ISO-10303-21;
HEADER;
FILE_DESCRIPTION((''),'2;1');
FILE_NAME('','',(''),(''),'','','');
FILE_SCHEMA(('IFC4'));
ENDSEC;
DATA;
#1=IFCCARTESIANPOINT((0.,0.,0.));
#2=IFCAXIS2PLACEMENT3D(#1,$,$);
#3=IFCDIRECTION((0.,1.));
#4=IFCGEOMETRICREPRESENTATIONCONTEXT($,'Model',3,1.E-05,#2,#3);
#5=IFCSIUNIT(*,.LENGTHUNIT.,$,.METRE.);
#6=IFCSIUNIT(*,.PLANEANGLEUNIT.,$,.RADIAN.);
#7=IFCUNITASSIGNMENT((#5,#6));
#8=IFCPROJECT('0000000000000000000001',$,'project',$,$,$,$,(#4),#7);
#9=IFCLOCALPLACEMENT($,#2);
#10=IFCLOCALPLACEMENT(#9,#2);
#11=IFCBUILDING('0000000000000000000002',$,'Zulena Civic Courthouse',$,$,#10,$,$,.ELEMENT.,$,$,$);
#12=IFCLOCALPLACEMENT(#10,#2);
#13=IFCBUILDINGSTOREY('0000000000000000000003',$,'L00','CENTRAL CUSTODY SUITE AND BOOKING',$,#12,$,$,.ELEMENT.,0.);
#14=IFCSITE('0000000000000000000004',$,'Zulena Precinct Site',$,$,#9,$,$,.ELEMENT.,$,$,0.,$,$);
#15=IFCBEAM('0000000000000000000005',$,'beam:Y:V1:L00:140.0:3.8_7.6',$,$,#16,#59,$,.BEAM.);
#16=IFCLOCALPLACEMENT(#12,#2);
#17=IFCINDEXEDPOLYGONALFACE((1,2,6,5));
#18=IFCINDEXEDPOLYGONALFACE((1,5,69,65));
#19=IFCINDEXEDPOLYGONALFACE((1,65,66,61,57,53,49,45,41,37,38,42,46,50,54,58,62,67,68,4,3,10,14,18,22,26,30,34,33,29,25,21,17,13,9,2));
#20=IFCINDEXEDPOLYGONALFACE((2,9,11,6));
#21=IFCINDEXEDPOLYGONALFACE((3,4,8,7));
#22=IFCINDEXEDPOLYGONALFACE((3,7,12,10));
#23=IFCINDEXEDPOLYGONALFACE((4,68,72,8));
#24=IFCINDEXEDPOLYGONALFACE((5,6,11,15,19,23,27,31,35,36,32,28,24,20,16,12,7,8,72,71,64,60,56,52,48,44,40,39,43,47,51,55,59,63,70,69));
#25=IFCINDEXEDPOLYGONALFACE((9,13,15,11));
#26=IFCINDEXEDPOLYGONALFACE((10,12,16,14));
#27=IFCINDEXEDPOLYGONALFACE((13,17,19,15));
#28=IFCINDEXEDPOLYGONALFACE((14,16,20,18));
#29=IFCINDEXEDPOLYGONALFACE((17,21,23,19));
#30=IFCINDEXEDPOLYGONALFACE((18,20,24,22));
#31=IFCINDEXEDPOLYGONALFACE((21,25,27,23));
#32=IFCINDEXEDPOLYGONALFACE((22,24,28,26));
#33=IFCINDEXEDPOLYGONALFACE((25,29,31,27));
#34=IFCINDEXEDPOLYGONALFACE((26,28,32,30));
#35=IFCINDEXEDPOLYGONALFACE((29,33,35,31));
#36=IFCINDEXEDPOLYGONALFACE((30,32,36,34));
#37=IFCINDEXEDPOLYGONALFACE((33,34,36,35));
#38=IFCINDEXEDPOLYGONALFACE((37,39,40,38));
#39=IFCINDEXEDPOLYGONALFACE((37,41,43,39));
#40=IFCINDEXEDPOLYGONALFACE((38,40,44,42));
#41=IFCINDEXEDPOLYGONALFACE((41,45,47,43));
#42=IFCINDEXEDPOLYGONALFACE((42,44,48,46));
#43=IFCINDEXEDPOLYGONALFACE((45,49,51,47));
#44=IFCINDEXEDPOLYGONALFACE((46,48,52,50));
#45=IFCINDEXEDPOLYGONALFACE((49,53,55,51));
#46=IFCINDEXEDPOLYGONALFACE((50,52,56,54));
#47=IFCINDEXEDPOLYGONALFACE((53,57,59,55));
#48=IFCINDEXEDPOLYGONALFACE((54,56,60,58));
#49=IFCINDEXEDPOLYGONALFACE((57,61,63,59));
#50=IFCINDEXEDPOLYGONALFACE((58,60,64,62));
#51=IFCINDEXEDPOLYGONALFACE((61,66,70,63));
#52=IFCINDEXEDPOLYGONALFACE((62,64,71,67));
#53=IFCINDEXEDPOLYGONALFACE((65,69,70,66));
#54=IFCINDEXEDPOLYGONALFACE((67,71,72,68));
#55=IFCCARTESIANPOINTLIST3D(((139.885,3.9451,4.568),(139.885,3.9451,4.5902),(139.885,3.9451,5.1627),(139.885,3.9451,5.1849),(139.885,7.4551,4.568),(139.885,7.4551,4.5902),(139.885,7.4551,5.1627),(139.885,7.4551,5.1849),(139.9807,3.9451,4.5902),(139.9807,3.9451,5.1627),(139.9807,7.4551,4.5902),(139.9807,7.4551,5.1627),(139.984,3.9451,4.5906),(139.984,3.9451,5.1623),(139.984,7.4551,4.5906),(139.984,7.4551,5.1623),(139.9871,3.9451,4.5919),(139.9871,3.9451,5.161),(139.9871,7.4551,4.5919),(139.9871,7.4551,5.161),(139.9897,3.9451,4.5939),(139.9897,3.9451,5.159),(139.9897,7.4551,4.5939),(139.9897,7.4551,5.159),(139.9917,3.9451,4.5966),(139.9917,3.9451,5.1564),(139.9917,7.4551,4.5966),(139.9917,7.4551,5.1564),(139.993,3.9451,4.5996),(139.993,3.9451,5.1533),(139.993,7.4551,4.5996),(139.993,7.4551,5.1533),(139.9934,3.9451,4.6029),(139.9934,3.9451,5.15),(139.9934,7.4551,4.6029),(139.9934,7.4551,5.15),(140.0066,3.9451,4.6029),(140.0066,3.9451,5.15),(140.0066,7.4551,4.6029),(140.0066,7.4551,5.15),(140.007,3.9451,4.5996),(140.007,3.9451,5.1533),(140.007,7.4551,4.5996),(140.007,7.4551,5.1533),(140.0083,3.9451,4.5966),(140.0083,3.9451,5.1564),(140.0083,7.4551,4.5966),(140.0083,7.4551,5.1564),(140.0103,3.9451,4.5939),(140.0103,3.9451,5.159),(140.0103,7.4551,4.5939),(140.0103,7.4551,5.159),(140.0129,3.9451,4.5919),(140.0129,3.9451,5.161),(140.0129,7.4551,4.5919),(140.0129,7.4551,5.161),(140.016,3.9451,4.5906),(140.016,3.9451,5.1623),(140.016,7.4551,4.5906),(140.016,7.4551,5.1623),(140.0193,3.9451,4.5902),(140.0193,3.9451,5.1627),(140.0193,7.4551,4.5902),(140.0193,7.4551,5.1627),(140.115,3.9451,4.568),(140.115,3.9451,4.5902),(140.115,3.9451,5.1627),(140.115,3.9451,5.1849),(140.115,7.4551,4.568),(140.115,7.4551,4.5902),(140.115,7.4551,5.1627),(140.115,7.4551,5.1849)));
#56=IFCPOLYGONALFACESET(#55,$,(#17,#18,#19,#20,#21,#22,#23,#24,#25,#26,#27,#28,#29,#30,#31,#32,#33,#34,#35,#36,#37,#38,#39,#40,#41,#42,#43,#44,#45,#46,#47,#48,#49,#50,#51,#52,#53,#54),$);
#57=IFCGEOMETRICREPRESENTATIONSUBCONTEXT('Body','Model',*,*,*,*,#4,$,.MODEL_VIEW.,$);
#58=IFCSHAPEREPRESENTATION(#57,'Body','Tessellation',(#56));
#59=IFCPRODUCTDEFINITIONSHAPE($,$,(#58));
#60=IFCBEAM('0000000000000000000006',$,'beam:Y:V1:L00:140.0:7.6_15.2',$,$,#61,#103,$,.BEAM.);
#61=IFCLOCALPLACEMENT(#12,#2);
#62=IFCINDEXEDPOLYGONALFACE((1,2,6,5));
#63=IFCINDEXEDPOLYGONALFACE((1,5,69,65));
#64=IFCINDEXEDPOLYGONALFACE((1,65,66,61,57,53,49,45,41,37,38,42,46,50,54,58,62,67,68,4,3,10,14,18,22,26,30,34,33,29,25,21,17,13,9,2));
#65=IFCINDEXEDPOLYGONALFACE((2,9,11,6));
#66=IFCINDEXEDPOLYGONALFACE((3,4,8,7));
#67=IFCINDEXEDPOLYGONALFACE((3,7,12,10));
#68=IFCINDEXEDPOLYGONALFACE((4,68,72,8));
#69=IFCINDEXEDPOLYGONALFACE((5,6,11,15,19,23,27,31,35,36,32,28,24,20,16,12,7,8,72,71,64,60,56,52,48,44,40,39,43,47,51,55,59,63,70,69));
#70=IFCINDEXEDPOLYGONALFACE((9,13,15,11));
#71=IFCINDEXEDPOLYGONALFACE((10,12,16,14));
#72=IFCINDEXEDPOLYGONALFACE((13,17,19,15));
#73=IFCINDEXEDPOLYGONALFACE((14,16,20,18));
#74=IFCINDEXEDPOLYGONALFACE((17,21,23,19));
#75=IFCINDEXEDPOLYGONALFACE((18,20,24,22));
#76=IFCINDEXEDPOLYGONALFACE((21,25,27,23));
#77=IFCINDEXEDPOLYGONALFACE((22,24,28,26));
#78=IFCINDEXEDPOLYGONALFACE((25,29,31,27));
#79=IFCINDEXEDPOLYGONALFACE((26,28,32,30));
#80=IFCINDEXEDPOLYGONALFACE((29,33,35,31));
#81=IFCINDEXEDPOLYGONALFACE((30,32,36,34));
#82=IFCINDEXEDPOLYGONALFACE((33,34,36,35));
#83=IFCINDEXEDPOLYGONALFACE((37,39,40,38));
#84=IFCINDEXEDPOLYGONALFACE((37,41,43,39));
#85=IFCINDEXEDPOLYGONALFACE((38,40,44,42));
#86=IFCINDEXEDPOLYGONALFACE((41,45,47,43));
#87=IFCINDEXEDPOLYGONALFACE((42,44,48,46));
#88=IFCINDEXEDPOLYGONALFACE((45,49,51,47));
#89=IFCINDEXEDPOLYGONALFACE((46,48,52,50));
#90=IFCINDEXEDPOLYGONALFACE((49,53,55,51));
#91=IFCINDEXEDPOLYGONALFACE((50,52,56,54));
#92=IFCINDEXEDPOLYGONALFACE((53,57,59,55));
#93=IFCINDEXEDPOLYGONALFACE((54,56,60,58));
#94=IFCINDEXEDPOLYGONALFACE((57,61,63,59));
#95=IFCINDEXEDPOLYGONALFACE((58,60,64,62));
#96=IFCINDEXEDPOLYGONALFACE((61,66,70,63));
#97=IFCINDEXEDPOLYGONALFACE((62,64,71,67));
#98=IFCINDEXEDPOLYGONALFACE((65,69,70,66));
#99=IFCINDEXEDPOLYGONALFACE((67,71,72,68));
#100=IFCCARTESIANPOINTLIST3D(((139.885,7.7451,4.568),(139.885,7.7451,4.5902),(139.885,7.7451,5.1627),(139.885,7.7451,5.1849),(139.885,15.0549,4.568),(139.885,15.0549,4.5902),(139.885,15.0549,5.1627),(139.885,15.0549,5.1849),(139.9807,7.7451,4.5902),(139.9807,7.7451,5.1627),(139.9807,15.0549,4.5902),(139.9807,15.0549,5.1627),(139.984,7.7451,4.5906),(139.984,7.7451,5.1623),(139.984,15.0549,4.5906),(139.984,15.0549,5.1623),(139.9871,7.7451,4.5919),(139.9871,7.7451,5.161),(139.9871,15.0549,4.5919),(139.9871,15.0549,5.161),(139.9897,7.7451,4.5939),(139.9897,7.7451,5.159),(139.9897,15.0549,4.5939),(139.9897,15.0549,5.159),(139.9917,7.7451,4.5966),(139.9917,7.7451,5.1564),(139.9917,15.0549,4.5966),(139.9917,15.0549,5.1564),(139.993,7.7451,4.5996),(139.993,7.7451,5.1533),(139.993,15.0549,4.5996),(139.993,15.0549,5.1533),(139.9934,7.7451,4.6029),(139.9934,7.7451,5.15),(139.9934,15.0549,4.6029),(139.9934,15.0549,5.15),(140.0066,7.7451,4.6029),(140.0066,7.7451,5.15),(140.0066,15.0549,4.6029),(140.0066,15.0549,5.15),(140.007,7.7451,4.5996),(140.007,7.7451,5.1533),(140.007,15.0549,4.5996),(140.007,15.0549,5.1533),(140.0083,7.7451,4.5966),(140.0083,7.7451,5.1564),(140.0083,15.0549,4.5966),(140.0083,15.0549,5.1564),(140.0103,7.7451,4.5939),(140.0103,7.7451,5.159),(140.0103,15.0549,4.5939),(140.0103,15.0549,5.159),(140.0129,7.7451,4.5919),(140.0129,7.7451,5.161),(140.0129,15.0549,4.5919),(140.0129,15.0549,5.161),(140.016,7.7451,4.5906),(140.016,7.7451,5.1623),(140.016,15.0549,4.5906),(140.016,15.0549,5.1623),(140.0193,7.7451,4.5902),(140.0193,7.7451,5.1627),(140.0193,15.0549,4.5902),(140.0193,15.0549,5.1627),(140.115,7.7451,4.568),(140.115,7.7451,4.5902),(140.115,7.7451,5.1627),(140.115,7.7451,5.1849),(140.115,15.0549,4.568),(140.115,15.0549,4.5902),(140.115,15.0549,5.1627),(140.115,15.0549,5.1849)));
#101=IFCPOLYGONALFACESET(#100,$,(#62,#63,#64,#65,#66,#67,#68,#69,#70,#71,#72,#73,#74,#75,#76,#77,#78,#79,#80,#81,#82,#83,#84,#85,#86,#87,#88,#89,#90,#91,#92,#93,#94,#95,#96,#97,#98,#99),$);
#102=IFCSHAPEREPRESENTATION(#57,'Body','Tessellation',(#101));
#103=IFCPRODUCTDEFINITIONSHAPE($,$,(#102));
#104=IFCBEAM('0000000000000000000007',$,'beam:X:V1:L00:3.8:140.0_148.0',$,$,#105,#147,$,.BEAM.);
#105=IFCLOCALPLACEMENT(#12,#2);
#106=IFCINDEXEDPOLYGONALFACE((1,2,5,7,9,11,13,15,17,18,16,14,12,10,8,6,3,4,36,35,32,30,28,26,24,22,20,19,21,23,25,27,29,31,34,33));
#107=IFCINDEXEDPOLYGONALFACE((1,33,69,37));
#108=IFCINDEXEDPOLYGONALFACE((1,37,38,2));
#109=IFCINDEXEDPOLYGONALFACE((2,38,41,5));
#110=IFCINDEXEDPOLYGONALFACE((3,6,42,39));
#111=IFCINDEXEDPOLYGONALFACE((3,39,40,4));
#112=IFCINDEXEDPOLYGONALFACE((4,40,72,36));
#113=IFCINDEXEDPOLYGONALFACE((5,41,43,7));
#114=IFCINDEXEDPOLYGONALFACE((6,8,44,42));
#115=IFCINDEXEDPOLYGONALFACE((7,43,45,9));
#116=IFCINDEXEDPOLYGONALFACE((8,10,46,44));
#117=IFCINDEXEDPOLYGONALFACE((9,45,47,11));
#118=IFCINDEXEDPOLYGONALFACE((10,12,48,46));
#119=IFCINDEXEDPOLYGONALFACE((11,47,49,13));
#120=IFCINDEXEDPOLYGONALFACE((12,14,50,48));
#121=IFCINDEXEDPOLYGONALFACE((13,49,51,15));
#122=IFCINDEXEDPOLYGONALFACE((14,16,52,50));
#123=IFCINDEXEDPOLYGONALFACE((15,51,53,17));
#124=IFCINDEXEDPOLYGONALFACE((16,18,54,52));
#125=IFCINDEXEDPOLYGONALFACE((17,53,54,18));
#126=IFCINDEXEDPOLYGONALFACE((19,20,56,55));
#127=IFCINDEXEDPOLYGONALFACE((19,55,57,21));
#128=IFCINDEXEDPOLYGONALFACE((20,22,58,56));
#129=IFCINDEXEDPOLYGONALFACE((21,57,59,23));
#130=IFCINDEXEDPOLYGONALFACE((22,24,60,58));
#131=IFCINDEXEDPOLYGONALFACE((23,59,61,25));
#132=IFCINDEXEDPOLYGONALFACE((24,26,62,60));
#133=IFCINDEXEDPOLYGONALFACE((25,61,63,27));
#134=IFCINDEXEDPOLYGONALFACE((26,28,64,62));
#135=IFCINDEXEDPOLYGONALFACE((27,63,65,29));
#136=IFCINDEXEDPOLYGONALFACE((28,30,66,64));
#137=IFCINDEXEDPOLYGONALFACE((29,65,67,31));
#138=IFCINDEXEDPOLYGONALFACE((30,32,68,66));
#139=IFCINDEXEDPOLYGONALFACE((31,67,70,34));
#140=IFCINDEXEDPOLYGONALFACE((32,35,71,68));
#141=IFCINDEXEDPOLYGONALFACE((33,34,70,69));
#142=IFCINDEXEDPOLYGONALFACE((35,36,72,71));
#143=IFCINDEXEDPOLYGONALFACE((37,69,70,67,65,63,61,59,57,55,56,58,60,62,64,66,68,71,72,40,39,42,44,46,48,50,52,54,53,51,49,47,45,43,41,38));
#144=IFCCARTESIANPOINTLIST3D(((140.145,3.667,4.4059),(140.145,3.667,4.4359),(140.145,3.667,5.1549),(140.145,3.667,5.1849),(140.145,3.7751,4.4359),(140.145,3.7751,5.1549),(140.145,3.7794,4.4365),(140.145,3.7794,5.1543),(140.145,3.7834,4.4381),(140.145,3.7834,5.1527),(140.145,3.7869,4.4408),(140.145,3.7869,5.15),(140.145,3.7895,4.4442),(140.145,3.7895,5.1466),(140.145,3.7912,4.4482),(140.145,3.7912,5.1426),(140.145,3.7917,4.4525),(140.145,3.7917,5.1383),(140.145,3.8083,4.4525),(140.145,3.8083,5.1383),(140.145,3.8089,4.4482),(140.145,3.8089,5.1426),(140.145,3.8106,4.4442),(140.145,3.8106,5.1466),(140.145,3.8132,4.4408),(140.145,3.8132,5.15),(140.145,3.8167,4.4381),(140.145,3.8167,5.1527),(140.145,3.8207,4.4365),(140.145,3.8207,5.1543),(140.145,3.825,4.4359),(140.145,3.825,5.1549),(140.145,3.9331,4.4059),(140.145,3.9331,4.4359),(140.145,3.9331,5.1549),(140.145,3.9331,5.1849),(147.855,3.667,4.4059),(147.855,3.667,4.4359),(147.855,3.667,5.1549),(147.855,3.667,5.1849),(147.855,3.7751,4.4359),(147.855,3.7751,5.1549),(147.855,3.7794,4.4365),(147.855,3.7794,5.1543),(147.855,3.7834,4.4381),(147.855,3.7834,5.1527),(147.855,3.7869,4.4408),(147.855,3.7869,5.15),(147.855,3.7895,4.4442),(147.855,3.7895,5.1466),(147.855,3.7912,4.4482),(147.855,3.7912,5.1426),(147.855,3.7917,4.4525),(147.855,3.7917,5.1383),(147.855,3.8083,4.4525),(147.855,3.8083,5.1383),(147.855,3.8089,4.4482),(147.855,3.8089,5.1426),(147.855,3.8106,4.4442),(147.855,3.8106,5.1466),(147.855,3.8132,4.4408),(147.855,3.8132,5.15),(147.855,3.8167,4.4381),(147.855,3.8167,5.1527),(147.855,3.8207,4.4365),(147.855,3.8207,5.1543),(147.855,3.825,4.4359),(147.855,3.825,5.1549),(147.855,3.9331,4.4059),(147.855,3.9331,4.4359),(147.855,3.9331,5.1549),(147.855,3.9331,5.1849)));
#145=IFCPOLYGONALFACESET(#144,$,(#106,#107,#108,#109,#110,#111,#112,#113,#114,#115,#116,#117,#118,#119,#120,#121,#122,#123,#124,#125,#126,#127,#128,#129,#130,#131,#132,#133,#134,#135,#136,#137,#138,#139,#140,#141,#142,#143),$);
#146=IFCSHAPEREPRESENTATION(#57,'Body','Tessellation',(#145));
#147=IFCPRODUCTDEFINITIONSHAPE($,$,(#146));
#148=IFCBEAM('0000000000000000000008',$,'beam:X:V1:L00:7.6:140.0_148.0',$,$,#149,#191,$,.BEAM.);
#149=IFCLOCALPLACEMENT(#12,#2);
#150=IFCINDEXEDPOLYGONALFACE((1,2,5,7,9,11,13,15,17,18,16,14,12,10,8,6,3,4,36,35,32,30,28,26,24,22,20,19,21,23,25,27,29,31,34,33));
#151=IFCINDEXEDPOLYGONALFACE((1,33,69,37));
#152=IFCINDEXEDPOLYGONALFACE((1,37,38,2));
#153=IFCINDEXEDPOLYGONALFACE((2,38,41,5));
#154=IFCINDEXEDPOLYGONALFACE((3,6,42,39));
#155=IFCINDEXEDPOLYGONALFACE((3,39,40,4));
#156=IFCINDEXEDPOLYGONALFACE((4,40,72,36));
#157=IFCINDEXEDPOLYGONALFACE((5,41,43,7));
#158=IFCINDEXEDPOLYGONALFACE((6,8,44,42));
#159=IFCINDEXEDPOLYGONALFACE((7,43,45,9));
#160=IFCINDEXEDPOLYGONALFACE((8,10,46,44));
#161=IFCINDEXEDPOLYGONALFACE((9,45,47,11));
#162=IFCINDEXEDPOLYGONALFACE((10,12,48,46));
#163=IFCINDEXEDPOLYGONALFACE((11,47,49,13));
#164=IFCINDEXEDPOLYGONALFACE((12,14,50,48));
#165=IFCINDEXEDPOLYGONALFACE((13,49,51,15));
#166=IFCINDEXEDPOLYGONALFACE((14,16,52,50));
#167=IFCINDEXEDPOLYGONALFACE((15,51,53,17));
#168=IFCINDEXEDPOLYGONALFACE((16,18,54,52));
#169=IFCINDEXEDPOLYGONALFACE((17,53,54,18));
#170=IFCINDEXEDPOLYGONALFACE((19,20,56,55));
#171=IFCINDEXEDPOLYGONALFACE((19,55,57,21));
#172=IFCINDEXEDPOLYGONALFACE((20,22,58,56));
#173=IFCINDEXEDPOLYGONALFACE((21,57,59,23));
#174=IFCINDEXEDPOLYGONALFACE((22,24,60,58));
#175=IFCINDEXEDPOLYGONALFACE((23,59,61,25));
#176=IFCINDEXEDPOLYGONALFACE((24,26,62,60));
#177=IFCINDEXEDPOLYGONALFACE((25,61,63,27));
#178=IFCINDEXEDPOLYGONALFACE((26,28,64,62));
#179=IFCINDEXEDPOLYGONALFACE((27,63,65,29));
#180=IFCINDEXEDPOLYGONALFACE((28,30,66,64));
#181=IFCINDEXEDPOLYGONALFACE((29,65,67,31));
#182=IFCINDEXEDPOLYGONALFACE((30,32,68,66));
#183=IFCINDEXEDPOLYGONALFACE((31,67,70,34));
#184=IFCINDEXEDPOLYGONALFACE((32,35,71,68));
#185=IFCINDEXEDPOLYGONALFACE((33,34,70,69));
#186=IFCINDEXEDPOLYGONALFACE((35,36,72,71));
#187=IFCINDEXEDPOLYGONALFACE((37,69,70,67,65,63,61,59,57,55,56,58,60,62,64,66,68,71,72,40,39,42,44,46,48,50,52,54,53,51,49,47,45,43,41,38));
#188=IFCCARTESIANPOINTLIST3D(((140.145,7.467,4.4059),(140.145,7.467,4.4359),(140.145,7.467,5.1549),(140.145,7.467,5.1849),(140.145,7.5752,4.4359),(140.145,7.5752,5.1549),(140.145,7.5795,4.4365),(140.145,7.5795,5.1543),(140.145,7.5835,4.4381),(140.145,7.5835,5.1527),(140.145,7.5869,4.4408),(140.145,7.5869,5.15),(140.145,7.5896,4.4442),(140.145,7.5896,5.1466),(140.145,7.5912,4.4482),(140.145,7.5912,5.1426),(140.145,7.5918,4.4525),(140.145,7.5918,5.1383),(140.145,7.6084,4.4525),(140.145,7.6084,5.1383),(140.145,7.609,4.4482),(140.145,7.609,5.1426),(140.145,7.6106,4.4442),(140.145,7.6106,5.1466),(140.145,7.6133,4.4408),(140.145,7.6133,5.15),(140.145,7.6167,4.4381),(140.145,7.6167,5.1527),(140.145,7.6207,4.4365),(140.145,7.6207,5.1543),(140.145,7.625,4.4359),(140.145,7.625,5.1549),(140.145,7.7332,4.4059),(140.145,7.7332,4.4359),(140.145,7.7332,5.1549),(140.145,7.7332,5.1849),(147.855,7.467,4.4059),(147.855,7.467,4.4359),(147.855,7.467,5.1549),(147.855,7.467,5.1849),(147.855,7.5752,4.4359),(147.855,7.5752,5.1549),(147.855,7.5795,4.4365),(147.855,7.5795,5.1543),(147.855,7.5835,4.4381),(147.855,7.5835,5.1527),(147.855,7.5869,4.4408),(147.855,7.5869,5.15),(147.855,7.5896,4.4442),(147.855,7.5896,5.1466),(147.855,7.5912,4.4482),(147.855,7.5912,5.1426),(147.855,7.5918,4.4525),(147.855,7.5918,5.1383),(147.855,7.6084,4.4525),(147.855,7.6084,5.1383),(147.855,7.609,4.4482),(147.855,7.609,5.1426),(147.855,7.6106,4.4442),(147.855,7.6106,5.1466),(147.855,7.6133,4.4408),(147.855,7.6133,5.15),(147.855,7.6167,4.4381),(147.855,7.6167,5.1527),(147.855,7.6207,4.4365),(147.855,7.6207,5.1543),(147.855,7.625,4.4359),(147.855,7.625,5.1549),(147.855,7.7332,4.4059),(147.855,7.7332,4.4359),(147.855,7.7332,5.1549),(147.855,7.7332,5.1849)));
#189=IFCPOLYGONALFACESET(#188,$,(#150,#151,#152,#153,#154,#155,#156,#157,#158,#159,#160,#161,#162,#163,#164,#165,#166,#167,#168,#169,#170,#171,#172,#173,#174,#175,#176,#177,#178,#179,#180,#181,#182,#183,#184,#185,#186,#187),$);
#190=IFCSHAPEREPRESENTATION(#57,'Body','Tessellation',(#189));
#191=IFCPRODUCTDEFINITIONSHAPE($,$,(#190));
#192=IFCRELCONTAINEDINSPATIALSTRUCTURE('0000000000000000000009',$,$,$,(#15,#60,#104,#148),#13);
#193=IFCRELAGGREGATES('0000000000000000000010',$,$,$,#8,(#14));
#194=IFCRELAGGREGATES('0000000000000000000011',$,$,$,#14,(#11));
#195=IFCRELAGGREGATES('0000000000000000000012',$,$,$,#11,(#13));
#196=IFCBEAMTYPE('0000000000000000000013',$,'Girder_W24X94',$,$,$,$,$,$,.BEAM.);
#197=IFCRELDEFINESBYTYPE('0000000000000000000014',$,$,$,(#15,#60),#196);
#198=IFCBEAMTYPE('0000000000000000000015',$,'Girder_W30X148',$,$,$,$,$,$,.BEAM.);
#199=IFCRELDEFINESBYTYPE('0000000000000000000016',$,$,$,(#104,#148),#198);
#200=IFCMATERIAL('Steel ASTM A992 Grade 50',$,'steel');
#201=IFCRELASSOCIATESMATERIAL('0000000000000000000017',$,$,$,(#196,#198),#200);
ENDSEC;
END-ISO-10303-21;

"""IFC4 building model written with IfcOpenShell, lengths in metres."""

from ifc_helpers import new_model, si_unit, direction, frame, origin, origin_2d, place, context, subcontext, project, spatial, i_section, extrude, material, material_profile, profile_set, type_object, element, save


model = new_model("IFC4")

# Units and contexts
model_context = context("Model", 3, precision=1e-05, world=origin(), true_north=direction((0.0, 1.0)))
body_context = subcontext(model_context, "Body", "Model", "MODEL_VIEW")
ifc_project = project(units=[si_unit("LENGTHUNIT", "METRE"), si_unit("PLANEANGLEUNIT", "RADIAN")], contexts=[model_context])

# Site, building, storey
site_placement = place(None, origin())
site = spatial("IfcSite", under=ifc_project, at=site_placement, Name="Zulena Precinct Site", CompositionType="ELEMENT", RefElevation=0.0)
building_placement = place(site_placement, origin())
building = spatial("IfcBuilding", under=site, at=building_placement, Name="Zulena Civic Courthouse", CompositionType="ELEMENT")
storey_placement = place(building_placement, origin())
storey = spatial("IfcBuildingStorey", under=building, at=storey_placement, Name="L00", Description="CENTRAL CUSTODY SUITE AND BOOKING", CompositionType="ELEMENT", Elevation=0.0)

# Shared definitions
ifc_material_1 = material(Name="Steel ASTM A992 Grade 50", Category="steel")

# Beams
ifc_material_profile_1 = material_profile(ifc_material_1, i_section(OverallWidth=0.23, OverallDepth=0.6169, WebThickness=0.0132, FlangeThickness=0.0222, FilletRadius=0.0127, at=origin_2d()), Name="W24X94")
ifc_profile_set_1 = profile_set([ifc_material_profile_1], Name="Steel ASTM A992 Grade 50")
beam_type_1 = type_object("IfcBeamType", Name="Girder_W24X94", PredefinedType="BEAM", material=ifc_profile_set_1)
beam_1_placement = place(storey_placement, frame((140.0, 3.9451, 4.8765), z_axis=(0.0, 1.0, 0.0), x_axis=(-1.0, 0.0, 0.0)))
element("IfcBeam", 1, at=beam_1_placement, inside=storey, type_object=beam_type_1, Name="beam:Y:V1:L00:140.0:3.8_7.6", PredefinedType="BEAM", context=body_context, shape_type="SweptSolid", body=[
    extrude(i_section(OverallWidth=0.23, OverallDepth=0.6169, WebThickness=0.0132, FlangeThickness=0.0222, FilletRadius=0.0127, at=origin_2d()), origin(), (0.0, 0.0, 1.0), 3.51),
])
beam_2_placement = place(storey_placement, frame((140.0, 7.7451, 4.8765), z_axis=(0.0, 1.0, 0.0), x_axis=(-1.0, 0.0, 0.0)))
element("IfcBeam", 2, at=beam_2_placement, inside=storey, type_object=beam_type_1, Name="beam:Y:V1:L00:140.0:7.6_15.2", PredefinedType="BEAM", context=body_context, shape_type="SweptSolid", body=[
    extrude(i_section(OverallWidth=0.23, OverallDepth=0.6169, WebThickness=0.0132, FlangeThickness=0.0222, FilletRadius=0.0127, at=origin_2d()), origin(), (0.0, 0.0, 1.0), 7.3098),
])
ifc_material_profile_2 = material_profile(ifc_material_1, i_section(OverallWidth=0.2661, OverallDepth=0.7791, WebThickness=0.0166, FlangeThickness=0.03, FilletRadius=0.0166, at=origin_2d()), Name="W30X148")
ifc_profile_set_2 = profile_set([ifc_material_profile_2], Name="Steel ASTM A992 Grade 50")
beam_type_2 = type_object("IfcBeamType", Name="Girder_W30X148", PredefinedType="BEAM", material=ifc_profile_set_2)
for number, where, z_axis, x_axis, name in (
    (3, (140.145, 3.8, 4.7954), (1.0, 0.0, 0.0), (0.0, 1.0, 0.0), "beam:X:V1:L00:3.8:140.0_148.0"),
    (4, (140.145, 7.6001, 4.7954), (1.0, 0.0, 0.0), (0.0, 1.0, 0.0), "beam:X:V1:L00:7.6:140.0_148.0"),
):
    element("IfcBeam", number, at=place(storey_placement, frame(where, z_axis=z_axis, x_axis=x_axis)), inside=storey, type_object=beam_type_2, Name=name, PredefinedType="BEAM", context=body_context, shape_type="SweptSolid", body=[
        extrude(i_section(OverallWidth=0.2661, OverallDepth=0.7791, WebThickness=0.0166, FlangeThickness=0.03, FilletRadius=0.0166, at=origin_2d()), origin(), (0.0, 0.0, 1.0), 7.71),
    ])

save(model, "model.ifc")
